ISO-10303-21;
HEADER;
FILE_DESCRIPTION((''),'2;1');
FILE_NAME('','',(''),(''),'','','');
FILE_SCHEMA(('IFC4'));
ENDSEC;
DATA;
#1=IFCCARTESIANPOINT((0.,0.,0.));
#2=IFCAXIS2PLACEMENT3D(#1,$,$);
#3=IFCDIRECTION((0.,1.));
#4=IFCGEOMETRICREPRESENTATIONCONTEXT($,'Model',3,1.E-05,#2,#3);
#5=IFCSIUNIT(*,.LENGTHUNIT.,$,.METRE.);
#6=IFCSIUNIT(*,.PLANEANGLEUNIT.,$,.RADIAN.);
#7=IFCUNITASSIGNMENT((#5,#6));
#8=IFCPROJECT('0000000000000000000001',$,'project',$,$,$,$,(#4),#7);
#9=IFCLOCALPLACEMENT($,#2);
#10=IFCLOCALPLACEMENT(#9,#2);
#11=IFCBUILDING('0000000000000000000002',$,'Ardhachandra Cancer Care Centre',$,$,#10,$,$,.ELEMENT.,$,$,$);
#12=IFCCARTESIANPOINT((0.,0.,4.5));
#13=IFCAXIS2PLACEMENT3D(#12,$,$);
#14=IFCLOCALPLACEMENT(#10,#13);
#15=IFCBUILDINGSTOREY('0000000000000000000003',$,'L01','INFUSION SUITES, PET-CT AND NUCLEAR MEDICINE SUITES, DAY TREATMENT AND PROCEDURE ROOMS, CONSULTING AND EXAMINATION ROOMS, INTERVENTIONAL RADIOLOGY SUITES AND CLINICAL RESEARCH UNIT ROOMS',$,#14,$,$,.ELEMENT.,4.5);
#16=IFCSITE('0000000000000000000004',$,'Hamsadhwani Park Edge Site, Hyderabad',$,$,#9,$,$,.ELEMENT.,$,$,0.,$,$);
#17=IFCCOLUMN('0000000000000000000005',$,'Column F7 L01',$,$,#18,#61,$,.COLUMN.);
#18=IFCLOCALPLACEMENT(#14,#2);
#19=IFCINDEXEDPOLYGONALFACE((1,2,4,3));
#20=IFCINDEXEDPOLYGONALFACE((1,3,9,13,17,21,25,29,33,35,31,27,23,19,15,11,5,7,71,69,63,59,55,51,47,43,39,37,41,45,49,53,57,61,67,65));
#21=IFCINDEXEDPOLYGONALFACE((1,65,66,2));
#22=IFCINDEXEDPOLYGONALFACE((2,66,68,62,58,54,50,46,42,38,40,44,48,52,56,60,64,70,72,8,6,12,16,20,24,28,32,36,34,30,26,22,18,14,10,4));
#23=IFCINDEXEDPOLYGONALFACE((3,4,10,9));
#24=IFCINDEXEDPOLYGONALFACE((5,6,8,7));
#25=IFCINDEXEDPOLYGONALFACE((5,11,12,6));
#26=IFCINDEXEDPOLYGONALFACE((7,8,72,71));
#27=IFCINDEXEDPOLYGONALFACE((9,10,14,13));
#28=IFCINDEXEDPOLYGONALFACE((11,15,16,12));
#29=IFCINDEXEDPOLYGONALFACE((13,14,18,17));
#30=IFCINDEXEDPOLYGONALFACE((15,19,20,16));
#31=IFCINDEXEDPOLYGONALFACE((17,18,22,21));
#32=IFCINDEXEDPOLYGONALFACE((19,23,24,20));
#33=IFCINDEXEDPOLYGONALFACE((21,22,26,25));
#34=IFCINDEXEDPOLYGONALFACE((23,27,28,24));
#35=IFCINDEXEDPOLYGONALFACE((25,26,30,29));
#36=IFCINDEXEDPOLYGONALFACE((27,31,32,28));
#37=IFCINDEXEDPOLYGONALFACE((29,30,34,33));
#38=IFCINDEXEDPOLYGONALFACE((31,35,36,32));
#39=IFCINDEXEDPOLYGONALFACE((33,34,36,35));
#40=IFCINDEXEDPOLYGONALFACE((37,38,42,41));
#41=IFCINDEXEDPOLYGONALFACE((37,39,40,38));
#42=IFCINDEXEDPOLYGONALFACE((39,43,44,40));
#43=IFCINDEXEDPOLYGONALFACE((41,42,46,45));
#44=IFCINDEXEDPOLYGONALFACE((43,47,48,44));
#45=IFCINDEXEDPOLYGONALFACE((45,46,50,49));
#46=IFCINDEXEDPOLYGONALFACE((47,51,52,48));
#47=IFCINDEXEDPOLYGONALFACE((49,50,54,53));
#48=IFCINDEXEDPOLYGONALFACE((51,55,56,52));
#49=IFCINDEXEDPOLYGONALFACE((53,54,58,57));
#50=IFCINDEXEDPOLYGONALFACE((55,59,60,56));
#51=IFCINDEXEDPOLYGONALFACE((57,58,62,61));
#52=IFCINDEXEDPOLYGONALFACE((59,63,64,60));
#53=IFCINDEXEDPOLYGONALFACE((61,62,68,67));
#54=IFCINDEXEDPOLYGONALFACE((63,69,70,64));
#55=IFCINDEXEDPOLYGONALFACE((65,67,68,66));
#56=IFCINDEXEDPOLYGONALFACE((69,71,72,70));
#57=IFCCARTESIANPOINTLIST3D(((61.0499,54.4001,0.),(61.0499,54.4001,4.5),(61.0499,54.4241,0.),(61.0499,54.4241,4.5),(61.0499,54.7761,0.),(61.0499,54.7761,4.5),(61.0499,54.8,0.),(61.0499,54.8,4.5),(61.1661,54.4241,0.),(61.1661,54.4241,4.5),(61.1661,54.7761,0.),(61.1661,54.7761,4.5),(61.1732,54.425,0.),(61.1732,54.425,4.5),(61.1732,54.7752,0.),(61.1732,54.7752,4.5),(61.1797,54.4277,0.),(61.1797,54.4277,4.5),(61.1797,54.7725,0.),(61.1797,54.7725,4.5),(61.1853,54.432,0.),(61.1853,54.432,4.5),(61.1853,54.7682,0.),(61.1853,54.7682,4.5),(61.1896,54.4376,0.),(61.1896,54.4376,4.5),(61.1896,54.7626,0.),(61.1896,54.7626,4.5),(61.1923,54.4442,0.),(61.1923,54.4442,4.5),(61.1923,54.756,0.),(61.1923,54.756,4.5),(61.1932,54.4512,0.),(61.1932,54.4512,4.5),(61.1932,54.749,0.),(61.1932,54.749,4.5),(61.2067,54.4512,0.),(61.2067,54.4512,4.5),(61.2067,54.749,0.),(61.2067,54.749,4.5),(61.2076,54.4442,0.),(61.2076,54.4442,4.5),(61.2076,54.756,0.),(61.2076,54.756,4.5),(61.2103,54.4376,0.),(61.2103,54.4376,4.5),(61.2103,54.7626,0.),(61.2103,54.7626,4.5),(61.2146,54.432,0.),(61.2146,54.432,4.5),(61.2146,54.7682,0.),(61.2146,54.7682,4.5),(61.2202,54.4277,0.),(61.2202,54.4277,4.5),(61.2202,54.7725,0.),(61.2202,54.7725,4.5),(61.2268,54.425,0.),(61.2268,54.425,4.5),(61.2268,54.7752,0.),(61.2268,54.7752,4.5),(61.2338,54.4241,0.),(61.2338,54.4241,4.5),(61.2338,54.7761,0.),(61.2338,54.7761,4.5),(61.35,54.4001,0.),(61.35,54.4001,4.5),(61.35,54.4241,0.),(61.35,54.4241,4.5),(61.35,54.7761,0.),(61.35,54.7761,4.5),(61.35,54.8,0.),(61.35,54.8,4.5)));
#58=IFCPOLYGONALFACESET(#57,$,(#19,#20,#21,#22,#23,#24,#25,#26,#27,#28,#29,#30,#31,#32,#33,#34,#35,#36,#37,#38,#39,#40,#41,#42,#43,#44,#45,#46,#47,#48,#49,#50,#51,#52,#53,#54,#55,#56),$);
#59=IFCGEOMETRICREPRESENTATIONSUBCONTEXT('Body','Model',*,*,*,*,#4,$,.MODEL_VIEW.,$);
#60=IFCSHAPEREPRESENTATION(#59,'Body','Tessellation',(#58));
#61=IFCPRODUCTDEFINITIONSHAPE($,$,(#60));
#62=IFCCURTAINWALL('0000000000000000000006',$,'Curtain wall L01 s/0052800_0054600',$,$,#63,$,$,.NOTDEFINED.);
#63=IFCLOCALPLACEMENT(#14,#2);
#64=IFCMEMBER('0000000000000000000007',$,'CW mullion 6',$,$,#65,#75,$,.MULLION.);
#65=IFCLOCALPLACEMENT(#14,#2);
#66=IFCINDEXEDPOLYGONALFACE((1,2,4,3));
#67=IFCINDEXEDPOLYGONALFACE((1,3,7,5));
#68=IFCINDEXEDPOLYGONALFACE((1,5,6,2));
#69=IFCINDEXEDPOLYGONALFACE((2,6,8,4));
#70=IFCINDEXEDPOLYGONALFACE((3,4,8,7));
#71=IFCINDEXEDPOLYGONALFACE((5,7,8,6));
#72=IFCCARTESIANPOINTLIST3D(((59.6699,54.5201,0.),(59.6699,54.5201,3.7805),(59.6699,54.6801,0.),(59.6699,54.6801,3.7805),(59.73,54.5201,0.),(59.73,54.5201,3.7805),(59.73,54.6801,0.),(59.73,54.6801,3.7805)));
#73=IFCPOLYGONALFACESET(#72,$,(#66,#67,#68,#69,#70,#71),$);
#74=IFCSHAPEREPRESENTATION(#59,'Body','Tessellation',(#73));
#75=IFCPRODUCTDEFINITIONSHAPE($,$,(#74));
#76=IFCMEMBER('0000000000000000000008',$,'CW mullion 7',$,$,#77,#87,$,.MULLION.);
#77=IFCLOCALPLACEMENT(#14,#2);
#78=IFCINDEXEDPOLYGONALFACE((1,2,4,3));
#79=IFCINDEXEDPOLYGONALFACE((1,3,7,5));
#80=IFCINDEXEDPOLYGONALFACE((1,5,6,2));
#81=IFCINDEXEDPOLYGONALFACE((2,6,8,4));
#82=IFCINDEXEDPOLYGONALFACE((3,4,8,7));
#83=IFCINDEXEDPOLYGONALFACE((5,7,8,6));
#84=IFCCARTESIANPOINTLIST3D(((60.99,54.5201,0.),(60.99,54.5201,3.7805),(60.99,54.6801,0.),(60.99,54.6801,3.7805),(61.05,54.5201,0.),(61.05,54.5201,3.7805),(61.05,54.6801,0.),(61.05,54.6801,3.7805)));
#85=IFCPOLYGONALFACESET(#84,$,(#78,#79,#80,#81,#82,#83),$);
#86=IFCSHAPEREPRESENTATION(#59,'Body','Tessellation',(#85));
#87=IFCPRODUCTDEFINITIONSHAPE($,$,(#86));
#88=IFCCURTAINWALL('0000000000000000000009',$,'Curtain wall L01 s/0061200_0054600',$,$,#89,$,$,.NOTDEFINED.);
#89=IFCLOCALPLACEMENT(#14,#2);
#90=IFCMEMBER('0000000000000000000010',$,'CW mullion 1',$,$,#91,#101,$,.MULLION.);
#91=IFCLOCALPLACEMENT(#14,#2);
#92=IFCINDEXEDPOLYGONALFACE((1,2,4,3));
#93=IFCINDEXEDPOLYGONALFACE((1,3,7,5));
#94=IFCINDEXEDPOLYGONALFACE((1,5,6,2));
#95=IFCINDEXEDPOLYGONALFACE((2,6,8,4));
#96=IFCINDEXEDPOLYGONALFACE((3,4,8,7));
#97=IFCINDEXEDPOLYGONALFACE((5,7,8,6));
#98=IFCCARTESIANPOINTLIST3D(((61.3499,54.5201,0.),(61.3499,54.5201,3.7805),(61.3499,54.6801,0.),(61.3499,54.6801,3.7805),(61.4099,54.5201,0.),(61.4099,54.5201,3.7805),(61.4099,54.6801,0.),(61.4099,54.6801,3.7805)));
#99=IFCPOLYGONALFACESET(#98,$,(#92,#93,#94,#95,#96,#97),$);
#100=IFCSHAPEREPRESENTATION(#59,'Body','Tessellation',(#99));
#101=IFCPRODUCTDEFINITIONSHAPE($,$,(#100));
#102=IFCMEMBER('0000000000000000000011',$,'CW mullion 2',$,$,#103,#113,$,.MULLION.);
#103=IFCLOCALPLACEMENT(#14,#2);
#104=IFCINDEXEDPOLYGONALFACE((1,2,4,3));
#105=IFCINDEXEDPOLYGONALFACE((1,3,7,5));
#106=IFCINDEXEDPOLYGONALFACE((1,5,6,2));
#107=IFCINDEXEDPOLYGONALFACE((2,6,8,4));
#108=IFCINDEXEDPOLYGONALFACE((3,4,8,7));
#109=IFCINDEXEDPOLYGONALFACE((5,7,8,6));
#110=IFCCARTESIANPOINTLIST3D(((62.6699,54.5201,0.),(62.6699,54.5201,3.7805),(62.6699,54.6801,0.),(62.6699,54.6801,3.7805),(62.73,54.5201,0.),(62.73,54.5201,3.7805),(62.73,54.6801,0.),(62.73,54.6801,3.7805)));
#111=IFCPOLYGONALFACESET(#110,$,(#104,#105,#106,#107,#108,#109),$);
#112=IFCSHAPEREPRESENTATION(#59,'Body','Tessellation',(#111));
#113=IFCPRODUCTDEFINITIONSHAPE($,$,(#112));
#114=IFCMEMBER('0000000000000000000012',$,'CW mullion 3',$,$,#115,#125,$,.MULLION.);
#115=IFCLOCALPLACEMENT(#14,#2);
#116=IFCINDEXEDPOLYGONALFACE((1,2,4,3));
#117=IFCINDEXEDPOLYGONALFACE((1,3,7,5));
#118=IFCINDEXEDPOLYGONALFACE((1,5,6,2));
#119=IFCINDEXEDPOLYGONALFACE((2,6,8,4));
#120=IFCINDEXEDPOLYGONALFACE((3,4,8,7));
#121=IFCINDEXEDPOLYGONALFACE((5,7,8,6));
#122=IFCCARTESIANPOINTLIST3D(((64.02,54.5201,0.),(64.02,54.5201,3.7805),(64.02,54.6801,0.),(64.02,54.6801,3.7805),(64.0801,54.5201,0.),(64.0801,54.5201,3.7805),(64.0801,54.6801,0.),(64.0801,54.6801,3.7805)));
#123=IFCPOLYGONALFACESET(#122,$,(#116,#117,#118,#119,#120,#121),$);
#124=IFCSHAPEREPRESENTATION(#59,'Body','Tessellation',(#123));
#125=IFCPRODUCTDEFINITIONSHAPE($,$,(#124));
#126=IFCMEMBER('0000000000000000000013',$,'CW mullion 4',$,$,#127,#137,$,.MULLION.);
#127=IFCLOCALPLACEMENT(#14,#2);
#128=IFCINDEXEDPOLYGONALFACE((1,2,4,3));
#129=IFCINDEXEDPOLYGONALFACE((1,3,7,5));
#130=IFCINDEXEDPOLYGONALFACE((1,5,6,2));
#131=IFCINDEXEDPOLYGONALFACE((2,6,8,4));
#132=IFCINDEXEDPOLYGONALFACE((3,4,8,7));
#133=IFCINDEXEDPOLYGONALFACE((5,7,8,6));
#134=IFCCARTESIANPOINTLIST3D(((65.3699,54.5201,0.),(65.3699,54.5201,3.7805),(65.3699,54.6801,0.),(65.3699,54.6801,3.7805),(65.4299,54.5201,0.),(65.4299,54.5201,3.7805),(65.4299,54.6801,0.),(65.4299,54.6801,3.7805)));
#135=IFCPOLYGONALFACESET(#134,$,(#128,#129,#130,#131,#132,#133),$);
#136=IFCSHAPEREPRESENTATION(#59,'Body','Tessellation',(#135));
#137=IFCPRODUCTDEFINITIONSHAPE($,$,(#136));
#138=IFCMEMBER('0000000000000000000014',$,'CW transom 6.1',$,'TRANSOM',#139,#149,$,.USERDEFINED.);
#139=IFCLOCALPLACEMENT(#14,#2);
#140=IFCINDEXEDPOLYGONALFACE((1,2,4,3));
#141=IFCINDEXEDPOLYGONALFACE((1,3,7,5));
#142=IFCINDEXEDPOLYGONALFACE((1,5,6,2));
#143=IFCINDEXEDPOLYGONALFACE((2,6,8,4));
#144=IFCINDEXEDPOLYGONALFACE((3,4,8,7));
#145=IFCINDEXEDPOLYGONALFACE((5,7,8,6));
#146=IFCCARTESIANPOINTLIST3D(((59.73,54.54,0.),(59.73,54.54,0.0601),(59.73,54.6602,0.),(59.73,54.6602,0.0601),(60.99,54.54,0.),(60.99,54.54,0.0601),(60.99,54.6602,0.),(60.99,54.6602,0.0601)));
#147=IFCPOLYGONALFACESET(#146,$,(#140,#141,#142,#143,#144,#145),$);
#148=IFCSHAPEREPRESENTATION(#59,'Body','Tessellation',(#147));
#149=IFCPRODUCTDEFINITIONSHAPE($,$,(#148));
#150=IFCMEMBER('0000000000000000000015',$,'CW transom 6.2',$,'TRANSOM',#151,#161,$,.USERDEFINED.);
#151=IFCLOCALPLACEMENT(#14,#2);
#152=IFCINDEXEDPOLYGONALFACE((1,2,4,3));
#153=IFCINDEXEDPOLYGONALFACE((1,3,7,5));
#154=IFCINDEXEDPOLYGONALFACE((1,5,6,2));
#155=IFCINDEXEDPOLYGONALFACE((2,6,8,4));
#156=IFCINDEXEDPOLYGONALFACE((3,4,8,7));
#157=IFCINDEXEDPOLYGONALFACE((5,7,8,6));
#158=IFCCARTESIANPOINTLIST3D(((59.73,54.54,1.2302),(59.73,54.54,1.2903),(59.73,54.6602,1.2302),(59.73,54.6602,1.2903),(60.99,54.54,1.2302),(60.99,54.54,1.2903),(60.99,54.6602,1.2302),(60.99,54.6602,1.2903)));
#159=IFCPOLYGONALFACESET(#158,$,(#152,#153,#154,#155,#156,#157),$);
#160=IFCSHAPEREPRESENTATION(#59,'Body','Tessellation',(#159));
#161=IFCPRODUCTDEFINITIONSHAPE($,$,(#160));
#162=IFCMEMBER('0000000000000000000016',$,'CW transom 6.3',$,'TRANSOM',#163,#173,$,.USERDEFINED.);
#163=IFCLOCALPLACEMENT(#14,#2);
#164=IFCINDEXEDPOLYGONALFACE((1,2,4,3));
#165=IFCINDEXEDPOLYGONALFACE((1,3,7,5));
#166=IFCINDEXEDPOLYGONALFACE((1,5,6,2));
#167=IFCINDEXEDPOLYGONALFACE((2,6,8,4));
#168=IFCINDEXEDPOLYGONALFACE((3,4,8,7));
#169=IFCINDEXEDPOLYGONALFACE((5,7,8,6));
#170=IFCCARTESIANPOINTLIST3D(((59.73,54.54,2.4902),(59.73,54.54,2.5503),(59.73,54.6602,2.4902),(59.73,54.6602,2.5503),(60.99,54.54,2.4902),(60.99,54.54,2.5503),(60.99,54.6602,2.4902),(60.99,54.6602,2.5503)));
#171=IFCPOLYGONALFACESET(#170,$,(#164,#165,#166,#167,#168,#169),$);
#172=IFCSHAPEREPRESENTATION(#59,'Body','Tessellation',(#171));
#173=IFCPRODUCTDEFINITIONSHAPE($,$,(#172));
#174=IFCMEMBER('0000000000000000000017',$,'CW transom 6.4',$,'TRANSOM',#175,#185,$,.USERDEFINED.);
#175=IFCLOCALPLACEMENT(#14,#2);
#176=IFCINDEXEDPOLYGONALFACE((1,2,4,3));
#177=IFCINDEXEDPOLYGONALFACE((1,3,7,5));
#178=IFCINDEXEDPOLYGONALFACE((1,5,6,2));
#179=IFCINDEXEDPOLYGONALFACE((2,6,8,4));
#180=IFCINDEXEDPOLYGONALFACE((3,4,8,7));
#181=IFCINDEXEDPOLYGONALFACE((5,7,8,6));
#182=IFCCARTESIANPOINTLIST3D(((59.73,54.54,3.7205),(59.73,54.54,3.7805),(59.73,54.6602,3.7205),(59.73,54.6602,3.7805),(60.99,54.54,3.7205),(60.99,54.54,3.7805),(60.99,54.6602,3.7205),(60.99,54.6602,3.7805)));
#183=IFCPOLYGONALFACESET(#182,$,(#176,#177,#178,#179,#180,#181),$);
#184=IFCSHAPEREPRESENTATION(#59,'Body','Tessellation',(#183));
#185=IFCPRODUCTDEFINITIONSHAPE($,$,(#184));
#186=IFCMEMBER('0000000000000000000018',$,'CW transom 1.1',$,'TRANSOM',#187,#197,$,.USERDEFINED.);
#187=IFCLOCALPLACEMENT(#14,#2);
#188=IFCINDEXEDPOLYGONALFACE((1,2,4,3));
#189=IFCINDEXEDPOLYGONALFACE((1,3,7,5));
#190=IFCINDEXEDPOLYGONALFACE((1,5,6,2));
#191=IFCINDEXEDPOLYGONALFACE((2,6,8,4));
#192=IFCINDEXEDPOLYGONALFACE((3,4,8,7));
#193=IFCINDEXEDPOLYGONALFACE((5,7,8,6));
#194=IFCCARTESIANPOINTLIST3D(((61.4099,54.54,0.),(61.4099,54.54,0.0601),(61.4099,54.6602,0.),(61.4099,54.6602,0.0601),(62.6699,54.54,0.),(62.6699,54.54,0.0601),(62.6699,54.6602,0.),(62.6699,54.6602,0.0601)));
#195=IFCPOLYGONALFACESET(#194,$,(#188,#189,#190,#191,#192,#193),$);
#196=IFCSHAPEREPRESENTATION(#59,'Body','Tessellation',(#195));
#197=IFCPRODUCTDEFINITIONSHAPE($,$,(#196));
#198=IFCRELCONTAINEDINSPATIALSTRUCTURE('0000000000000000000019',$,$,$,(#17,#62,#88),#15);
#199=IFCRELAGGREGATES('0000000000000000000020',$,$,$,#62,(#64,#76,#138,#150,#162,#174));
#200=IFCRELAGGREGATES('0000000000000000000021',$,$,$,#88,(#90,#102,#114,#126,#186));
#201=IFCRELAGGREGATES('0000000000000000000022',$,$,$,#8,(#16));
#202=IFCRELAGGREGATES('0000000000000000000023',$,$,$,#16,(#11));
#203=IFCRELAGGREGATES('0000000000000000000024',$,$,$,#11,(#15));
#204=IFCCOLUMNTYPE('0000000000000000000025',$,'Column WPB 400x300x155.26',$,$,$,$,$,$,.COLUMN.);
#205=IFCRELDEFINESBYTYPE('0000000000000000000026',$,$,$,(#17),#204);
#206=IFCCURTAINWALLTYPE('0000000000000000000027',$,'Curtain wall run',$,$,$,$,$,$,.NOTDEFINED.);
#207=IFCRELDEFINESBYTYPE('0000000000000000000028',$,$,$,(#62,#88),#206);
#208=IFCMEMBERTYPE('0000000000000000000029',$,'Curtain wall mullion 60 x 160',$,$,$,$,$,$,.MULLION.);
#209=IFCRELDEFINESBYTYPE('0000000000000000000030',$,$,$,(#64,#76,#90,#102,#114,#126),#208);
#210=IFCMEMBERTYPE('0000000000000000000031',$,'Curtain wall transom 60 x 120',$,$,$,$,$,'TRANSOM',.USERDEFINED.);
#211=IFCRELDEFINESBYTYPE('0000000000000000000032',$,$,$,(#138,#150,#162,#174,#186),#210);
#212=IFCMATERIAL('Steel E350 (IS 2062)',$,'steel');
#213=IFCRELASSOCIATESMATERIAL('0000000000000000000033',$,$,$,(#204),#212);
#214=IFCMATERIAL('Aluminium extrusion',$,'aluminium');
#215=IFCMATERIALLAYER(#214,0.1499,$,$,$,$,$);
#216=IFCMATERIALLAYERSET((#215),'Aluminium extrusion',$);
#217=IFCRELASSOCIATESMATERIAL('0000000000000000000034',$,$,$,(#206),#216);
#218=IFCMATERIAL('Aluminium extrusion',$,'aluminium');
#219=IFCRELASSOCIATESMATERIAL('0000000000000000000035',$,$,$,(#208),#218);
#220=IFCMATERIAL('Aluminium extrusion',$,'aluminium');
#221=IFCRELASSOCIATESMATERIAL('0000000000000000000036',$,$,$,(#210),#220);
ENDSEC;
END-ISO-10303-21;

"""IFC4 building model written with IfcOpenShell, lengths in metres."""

from ifc_helpers import new_model, si_unit, direction, frame, origin, origin_2d, place, context, subcontext, project, spatial, rectangle, i_section, extrude, material, layer, layer_set, material_profile, profile_set, type_object, element, aggregate, save


model = new_model("IFC4")

# Units and contexts
model_context = context("Model", 3, precision=1e-05, world=origin(), true_north=direction((0.0, 1.0)))
body_context = subcontext(model_context, "Body", "Model", "MODEL_VIEW")
ifc_project = project(units=[si_unit("LENGTHUNIT", "METRE"), si_unit("PLANEANGLEUNIT", "RADIAN")], contexts=[model_context])

# Site, building, storey
site_placement = place(None, origin())
site = spatial("IfcSite", under=ifc_project, at=site_placement, Name="Hamsadhwani Park Edge Site, Hyderabad", CompositionType="ELEMENT", RefElevation=0.0)
building_placement = place(site_placement, origin())
building = spatial("IfcBuilding", under=site, at=building_placement, Name="Ardhachandra Cancer Care Centre", CompositionType="ELEMENT")
storey_placement = place(building_placement, frame((0.0, 0.0, 4.5)))
storey = spatial("IfcBuildingStorey", under=building, at=storey_placement, Name="L01", Description="INFUSION SUITES, PET-CT AND NUCLEAR MEDICINE SUITES, DAY TREATMENT AND PROCEDURE ROOMS, CONSULTING AND EXAMINATION ROOMS, INTERVENTIONAL RADIOLOGY SUITES AND CLINICAL RESEARCH UNIT ROOMS", CompositionType="ELEMENT", Elevation=4.5)

# Column
ifc_material_1 = material(Name="Steel E350 (IS 2062)", Category="steel")
ifc_material_profile_1 = material_profile(ifc_material_1, i_section(OverallWidth=0.3, OverallDepth=0.3999, WebThickness=0.0134, FlangeThickness=0.0239, FilletRadius=0.0271, at=origin_2d()), Name="WPB 400x300x155.26")
ifc_profile_set_1 = profile_set([ifc_material_profile_1], Name="Steel E350 (IS 2062)")
column_type = type_object("IfcColumnType", Name="Column WPB 400x300x155.26", PredefinedType="COLUMN", material=ifc_profile_set_1)
column_placement = place(storey_placement, frame((61.2, 54.6001, 0.0), z_axis=(0.0, 0.0, 1.0), x_axis=(1.0, 0.0, 0.0)))
element("IfcColumn", 1, at=column_placement, inside=storey, type_object=column_type, Name="Column F7 L01", PredefinedType="COLUMN", context=body_context, shape_type="SweptSolid", body=[
    extrude(i_section(OverallWidth=0.3, OverallDepth=0.3999, WebThickness=0.0134, FlangeThickness=0.0239, FilletRadius=0.0271, at=origin_2d()), origin(), (0.0, 0.0, 1.0), 4.5),
])

# Curtain walls, members
ifc_material_2 = material(Name="Aluminium extrusion", Category="aluminium")
ifc_layer_1 = layer(ifc_material_2, 0.1499)
ifc_layer_set_1 = layer_set([ifc_layer_1], Name="Aluminium extrusion")
curtain_wall_type = type_object("IfcCurtainWallType", Name="Curtain wall run", PredefinedType="NOTDEFINED", material=ifc_layer_set_1)
curtain_wall_1_placement = place(storey_placement, origin())
curtain_wall_1 = element("IfcCurtainWall", 2, at=curtain_wall_1_placement, inside=storey, type_object=curtain_wall_type, Name="Curtain wall L01 s/0052800_0054600", PredefinedType="NOTDEFINED")
ifc_material_3 = material(Name="Aluminium extrusion", Category="aluminium")
ifc_material_profile_2 = material_profile(ifc_material_3, rectangle(XDim=0.1599, YDim=0.0601, at=origin_2d()), Name="Curtain wall mullion 60 x 160")
ifc_profile_set_2 = profile_set([ifc_material_profile_2], Name="Aluminium extrusion")
member_type_1 = type_object("IfcMemberType", Name="Curtain wall mullion 60 x 160", PredefinedType="MULLION", material=ifc_profile_set_2)
member_1_placement = place(storey_placement, frame((59.7, 54.6001, 0.0), z_axis=(0.0, 0.0, 1.0), x_axis=(0.0, 1.0, 0.0)))
member_1 = element("IfcMember", 3, at=member_1_placement, type_object=member_type_1, Name="CW mullion 6", PredefinedType="MULLION", context=body_context, shape_type="SweptSolid", body=[
    extrude(rectangle(XDim=0.1599, YDim=0.0601, at=origin_2d()), origin(), (0.0, 0.0, 1.0), 3.7805),
])
member_2_placement = place(storey_placement, frame((61.02, 54.6001, 0.0), z_axis=(0.0, 0.0, 1.0), x_axis=(0.0, 1.0, 0.0)))
member_2 = element("IfcMember", 4, at=member_2_placement, type_object=member_type_1, Name="CW mullion 7", PredefinedType="MULLION", context=body_context, shape_type="SweptSolid", body=[
    extrude(rectangle(XDim=0.1599, YDim=0.0601, at=origin_2d()), origin(), (0.0, 0.0, 1.0), 3.7805),
])
curtain_wall_2_placement = place(storey_placement, origin())
curtain_wall_2 = element("IfcCurtainWall", 5, at=curtain_wall_2_placement, inside=storey, type_object=curtain_wall_type, Name="Curtain wall L01 s/0061200_0054600", PredefinedType="NOTDEFINED")
member_3_placement = place(storey_placement, frame((61.3799, 54.6001, 0.0), z_axis=(0.0, 0.0, 1.0), x_axis=(0.0, 1.0, 0.0)))
member_3 = element("IfcMember", 6, at=member_3_placement, type_object=member_type_1, Name="CW mullion 1", PredefinedType="MULLION", context=body_context, shape_type="SweptSolid", body=[
    extrude(rectangle(XDim=0.1599, YDim=0.0601, at=origin_2d()), origin(), (0.0, 0.0, 1.0), 3.7805),
])
member_4_placement = place(storey_placement, frame((62.7, 54.6001, 0.0), z_axis=(0.0, 0.0, 1.0), x_axis=(0.0, 1.0, 0.0)))
member_4 = element("IfcMember", 7, at=member_4_placement, type_object=member_type_1, Name="CW mullion 2", PredefinedType="MULLION", context=body_context, shape_type="SweptSolid", body=[
    extrude(rectangle(XDim=0.1599, YDim=0.0601, at=origin_2d()), origin(), (0.0, 0.0, 1.0), 3.7805),
])
member_5_placement = place(storey_placement, frame((64.05, 54.6001, 0.0), z_axis=(0.0, 0.0, 1.0), x_axis=(0.0, 1.0, 0.0)))
member_5 = element("IfcMember", 8, at=member_5_placement, type_object=member_type_1, Name="CW mullion 3", PredefinedType="MULLION", context=body_context, shape_type="SweptSolid", body=[
    extrude(rectangle(XDim=0.1599, YDim=0.0601, at=origin_2d()), origin(), (0.0, 0.0, 1.0), 3.7805),
])
member_6_placement = place(storey_placement, frame((65.3999, 54.6001, 0.0), z_axis=(0.0, 0.0, 1.0), x_axis=(0.0, 1.0, 0.0)))
member_6 = element("IfcMember", 9, at=member_6_placement, type_object=member_type_1, Name="CW mullion 4", PredefinedType="MULLION", context=body_context, shape_type="SweptSolid", body=[
    extrude(rectangle(XDim=0.1599, YDim=0.0601, at=origin_2d()), origin(), (0.0, 0.0, 1.0), 3.7805),
])

# Members
ifc_material_4 = material(Name="Aluminium extrusion", Category="aluminium")
ifc_material_profile_3 = material_profile(ifc_material_4, rectangle(XDim=0.1201, YDim=0.0601, at=origin_2d()), Name="Curtain wall transom 60 x 120")
ifc_profile_set_3 = profile_set([ifc_material_profile_3], Name="Aluminium extrusion")
member_type_2 = type_object("IfcMemberType", Name="Curtain wall transom 60 x 120", ElementType="TRANSOM", PredefinedType="USERDEFINED", material=ifc_profile_set_3)
member_7_placement = place(storey_placement, frame((59.73, 54.6001, 0.03), z_axis=(1.0, 0.0, 0.0), x_axis=(0.0, 1.0, 0.0)))
member_7 = element("IfcMember", 10, at=member_7_placement, type_object=member_type_2, Name="CW transom 6.1", ObjectType="TRANSOM", PredefinedType="USERDEFINED", context=body_context, shape_type="SweptSolid", body=[
    extrude(rectangle(XDim=0.1201, YDim=0.0601, at=origin_2d()), origin(), (0.0, 0.0, 1.0), 1.26),
])
member_8_placement = place(storey_placement, frame((59.73, 54.6001, 1.2603), z_axis=(1.0, 0.0, 0.0), x_axis=(0.0, 1.0, 0.0)))
member_8 = element("IfcMember", 11, at=member_8_placement, type_object=member_type_2, Name="CW transom 6.2", ObjectType="TRANSOM", PredefinedType="USERDEFINED", context=body_context, shape_type="SweptSolid", body=[
    extrude(rectangle(XDim=0.1201, YDim=0.0601, at=origin_2d()), origin(), (0.0, 0.0, 1.0), 1.26),
])
member_9_placement = place(storey_placement, frame((59.73, 54.6001, 2.5203), z_axis=(1.0, 0.0, 0.0), x_axis=(0.0, 1.0, 0.0)))
member_9 = element("IfcMember", 12, at=member_9_placement, type_object=member_type_2, Name="CW transom 6.3", ObjectType="TRANSOM", PredefinedType="USERDEFINED", context=body_context, shape_type="SweptSolid", body=[
    extrude(rectangle(XDim=0.1201, YDim=0.0601, at=origin_2d()), origin(), (0.0, 0.0, 1.0), 1.26),
])
member_10_placement = place(storey_placement, frame((59.73, 54.6001, 3.7505), z_axis=(1.0, 0.0, 0.0), x_axis=(0.0, 1.0, 0.0)))
member_10 = element("IfcMember", 13, at=member_10_placement, type_object=member_type_2, Name="CW transom 6.4", ObjectType="TRANSOM", PredefinedType="USERDEFINED", context=body_context, shape_type="SweptSolid", body=[
    extrude(rectangle(XDim=0.1201, YDim=0.0601, at=origin_2d()), origin(), (0.0, 0.0, 1.0), 1.26),
])
member_11_placement = place(storey_placement, frame((61.4099, 54.6001, 0.03), z_axis=(1.0, 0.0, 0.0), x_axis=(0.0, 1.0, 0.0)))
member_11 = element("IfcMember", 14, at=member_11_placement, type_object=member_type_2, Name="CW transom 1.1", ObjectType="TRANSOM", PredefinedType="USERDEFINED", context=body_context, shape_type="SweptSolid", body=[
    extrude(rectangle(XDim=0.1201, YDim=0.0601, at=origin_2d()), origin(), (0.0, 0.0, 1.0), 1.26),
])

aggregate(curtain_wall_1, [member_1, member_2, member_7, member_8, member_9, member_10])
aggregate(curtain_wall_2, [member_3, member_4, member_5, member_6, member_11])

save(model, "model.ifc")
